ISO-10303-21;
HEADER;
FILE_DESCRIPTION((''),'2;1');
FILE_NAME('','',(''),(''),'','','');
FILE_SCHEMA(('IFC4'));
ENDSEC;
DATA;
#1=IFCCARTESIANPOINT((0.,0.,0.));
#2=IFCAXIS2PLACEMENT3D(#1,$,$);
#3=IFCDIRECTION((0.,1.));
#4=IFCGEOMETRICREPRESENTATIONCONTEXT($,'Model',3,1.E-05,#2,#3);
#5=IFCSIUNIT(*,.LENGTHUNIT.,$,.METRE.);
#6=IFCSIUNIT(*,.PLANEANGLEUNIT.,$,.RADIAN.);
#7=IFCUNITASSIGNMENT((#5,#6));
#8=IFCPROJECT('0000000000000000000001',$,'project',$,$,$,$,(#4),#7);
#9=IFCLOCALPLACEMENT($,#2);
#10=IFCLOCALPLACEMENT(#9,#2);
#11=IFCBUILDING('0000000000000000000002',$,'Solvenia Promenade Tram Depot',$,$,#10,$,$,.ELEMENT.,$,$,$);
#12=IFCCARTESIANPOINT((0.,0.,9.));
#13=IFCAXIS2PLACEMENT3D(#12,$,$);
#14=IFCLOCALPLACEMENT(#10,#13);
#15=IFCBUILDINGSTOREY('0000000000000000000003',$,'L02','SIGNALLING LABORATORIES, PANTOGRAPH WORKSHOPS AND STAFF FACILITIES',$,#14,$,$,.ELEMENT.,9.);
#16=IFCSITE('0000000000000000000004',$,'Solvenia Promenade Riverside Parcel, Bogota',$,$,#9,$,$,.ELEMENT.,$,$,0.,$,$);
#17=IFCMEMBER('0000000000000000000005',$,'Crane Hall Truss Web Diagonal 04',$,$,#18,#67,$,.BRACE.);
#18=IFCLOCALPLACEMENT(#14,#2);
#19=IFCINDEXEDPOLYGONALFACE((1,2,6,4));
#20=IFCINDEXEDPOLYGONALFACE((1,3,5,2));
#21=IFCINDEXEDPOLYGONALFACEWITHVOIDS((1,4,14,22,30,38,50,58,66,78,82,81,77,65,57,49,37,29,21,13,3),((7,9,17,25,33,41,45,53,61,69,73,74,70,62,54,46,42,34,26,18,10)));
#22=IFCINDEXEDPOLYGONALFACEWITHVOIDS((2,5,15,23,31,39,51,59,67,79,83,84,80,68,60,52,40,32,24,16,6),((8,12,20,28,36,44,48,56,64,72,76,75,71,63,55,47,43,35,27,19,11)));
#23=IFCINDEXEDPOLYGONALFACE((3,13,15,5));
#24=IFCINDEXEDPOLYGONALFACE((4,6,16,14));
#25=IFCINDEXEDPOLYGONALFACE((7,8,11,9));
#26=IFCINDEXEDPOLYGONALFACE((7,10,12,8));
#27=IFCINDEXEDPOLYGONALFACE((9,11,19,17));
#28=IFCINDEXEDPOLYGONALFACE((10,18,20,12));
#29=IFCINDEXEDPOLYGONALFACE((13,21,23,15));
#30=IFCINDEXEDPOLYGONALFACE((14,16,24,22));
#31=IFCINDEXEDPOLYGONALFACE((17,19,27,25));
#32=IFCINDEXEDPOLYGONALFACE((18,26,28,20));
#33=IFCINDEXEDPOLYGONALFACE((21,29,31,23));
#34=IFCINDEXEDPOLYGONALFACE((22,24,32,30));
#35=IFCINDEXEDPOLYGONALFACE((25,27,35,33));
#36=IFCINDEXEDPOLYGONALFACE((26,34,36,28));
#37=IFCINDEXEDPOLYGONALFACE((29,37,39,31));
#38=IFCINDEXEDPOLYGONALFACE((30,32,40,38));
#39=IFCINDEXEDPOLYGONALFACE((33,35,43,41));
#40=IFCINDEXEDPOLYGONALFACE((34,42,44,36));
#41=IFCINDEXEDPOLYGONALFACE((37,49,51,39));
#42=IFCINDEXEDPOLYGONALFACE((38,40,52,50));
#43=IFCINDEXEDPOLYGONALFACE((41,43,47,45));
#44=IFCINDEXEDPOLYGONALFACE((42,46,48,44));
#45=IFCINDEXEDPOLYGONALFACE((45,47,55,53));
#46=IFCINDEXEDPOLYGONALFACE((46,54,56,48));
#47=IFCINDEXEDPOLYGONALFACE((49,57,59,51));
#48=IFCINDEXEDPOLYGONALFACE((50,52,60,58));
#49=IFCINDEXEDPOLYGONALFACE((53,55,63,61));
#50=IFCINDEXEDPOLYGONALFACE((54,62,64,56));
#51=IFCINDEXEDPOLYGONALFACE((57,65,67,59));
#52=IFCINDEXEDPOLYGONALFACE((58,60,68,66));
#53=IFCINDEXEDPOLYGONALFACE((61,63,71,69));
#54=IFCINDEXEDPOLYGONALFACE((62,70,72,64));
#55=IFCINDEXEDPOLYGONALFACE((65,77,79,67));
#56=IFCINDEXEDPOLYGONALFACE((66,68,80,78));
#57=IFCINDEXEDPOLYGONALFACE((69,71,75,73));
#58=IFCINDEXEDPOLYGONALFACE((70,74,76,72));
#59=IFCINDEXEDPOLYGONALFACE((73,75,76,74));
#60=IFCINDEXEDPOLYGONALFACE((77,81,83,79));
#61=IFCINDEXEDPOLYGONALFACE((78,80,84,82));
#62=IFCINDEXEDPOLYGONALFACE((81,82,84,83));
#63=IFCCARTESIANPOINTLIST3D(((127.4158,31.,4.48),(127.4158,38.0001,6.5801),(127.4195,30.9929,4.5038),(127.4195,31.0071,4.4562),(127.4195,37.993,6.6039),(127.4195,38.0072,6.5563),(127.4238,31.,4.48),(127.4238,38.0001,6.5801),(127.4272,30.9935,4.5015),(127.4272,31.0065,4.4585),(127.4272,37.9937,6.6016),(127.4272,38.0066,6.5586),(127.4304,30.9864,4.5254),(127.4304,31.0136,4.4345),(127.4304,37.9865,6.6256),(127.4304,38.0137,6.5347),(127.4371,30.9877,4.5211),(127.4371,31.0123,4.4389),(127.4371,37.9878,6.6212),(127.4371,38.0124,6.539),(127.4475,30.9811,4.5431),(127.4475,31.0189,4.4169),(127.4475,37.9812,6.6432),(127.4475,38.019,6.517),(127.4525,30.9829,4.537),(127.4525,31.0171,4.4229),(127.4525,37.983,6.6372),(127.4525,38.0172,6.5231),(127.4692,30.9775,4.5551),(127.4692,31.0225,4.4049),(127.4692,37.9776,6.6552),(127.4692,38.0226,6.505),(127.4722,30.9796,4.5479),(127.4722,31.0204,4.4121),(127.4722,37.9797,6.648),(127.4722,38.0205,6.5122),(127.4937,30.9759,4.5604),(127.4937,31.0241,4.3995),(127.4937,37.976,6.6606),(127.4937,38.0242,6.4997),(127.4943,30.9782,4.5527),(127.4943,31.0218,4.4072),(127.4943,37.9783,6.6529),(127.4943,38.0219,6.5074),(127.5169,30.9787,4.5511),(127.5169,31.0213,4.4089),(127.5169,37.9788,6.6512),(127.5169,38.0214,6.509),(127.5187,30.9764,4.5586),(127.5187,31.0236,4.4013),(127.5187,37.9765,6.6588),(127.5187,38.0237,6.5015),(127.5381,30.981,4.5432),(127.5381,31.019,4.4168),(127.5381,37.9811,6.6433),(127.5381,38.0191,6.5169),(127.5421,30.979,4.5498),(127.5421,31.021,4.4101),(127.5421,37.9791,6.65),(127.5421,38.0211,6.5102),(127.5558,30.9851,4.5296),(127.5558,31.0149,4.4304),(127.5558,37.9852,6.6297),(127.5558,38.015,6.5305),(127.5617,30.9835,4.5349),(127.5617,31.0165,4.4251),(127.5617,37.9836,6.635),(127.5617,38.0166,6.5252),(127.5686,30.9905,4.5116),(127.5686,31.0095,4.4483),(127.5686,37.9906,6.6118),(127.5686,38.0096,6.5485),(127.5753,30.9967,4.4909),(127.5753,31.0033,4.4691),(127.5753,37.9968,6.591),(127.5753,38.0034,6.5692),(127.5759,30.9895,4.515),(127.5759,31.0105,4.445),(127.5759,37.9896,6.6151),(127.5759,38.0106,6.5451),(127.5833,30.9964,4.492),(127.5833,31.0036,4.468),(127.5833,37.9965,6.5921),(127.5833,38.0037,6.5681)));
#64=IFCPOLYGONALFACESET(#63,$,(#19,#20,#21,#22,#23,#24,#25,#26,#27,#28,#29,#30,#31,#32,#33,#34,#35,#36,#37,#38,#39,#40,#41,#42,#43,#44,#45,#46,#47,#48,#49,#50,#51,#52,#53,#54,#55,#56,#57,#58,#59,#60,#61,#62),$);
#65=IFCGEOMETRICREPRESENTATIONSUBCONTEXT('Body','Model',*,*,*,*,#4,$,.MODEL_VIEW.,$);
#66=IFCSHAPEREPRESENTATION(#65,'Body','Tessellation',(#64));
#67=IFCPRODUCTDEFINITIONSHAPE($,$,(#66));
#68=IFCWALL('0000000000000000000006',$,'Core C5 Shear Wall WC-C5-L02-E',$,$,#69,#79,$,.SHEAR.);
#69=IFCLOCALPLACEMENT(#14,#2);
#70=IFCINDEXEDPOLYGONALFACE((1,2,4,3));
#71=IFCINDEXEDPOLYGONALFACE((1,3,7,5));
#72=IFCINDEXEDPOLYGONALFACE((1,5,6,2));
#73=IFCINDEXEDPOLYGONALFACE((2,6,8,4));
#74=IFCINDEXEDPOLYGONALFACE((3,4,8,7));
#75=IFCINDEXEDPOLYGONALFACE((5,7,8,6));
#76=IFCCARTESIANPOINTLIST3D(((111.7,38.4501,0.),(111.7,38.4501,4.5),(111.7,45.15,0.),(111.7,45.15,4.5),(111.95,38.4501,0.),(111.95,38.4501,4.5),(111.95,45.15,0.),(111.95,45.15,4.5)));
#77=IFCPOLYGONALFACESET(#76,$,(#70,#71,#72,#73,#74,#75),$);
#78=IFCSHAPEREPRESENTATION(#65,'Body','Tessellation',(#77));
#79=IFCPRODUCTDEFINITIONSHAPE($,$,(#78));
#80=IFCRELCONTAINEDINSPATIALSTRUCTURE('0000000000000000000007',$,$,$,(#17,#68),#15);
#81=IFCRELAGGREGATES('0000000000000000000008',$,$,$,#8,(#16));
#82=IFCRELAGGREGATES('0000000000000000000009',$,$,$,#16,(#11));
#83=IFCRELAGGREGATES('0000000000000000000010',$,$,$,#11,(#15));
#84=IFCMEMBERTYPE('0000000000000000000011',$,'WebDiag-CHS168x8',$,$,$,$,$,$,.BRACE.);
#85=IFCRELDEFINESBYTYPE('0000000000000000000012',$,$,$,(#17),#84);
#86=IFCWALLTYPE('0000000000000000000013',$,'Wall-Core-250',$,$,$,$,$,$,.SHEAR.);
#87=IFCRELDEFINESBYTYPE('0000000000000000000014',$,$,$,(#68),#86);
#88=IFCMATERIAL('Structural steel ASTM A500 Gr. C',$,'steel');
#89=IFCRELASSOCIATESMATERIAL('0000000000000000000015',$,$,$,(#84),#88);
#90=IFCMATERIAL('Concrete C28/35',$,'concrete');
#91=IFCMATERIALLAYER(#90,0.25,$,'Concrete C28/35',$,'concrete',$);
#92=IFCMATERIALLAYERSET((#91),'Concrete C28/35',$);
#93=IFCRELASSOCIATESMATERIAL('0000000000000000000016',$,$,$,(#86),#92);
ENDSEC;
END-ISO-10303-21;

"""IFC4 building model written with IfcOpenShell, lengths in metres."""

from ifc_helpers import new_model, si_unit, direction, frame, frame_2d, origin, origin_2d, place, context, subcontext, project, spatial, rectangle, hollow_circle, extrude, material, layer, layer_set, material_profile, profile_set, type_object, element, save


model = new_model("IFC4")

# Units and contexts
model_context = context("Model", 3, precision=1e-05, world=origin(), true_north=direction((0.0, 1.0)))
body_context = subcontext(model_context, "Body", "Model", "MODEL_VIEW")
ifc_project = project(units=[si_unit("LENGTHUNIT", "METRE"), si_unit("PLANEANGLEUNIT", "RADIAN")], contexts=[model_context])

# Site, building, storey
site_placement = place(None, origin())
site = spatial("IfcSite", under=ifc_project, at=site_placement, Name="Solvenia Promenade Riverside Parcel, Bogota", CompositionType="ELEMENT", RefElevation=0.0)
building_placement = place(site_placement, origin())
building = spatial("IfcBuilding", under=site, at=building_placement, Name="Solvenia Promenade Tram Depot", CompositionType="ELEMENT")
storey_placement = place(building_placement, frame((0.0, 0.0, 9.0)))
storey = spatial("IfcBuildingStorey", under=building, at=storey_placement, Name="L02", Description="SIGNALLING LABORATORIES, PANTOGRAPH WORKSHOPS AND STAFF FACILITIES", CompositionType="ELEMENT", Elevation=9.0)

# Shared definitions
ifc_material_1 = material(Name="Structural steel ASTM A500 Gr. C", Category="steel")

# Member
ifc_material_profile_1 = material_profile(ifc_material_1, hollow_circle(Radius=0.0842, WallThickness=0.0081, at=origin_2d()), Name="CHS168.3x8", Category="steel")
ifc_profile_set_1 = profile_set([ifc_material_profile_1], Name="Structural steel ASTM A500 Gr. C")
member_type_1 = type_object("IfcMemberType", Name="WebDiag-CHS168x8", PredefinedType="BRACE", material=ifc_profile_set_1)
for number, where, z_axis, x_axis, name in (
    (1, (127.5, 31.0, 4.48), (0.0, 0.957823, 0.28736), (-1.0, 0.0, 0.0), "Crane Hall Truss Web Diagonal 04"),
):
    element("IfcMember", number, at=place(storey_placement, frame(where, z_axis=z_axis, x_axis=x_axis)), inside=storey, type_object=member_type_1, Name=name, PredefinedType="BRACE", context=body_context, shape_type="SweptSolid", body=[
        extrude(hollow_circle(Radius=0.0842, WallThickness=0.0081, at=origin_2d()), origin(), (0.0, 0.0, 1.0), 7.3083),
    ])

# Wall
ifc_material_2 = material(Name="Concrete C28/35", Category="concrete")
ifc_layer = layer(ifc_material_2, 0.25, Name="Concrete C28/35", Category="concrete")
ifc_layer_set = layer_set([ifc_layer], Name="Concrete C28/35")
wall_type = type_object("IfcWallType", Name="Wall-Core-250", PredefinedType="SHEAR", material=ifc_layer_set)
wall_placement = place(storey_placement, frame((111.825, 38.45, 0.0), z_axis=(0.0, 0.0, 1.0), x_axis=(0.0, 1.0, 0.0)))
element("IfcWall", 2, at=wall_placement, inside=storey, type_object=wall_type, Name="Core C5 Shear Wall WC-C5-L02-E", PredefinedType="SHEAR", context=body_context, shape_type="SweptSolid", body=[
    extrude(rectangle(XDim=6.7, YDim=0.25, at=frame_2d((3.3501, 0.0))), origin(), (0.0, 0.0, 1.0), 4.5),
])

save(model, "model.ifc")
